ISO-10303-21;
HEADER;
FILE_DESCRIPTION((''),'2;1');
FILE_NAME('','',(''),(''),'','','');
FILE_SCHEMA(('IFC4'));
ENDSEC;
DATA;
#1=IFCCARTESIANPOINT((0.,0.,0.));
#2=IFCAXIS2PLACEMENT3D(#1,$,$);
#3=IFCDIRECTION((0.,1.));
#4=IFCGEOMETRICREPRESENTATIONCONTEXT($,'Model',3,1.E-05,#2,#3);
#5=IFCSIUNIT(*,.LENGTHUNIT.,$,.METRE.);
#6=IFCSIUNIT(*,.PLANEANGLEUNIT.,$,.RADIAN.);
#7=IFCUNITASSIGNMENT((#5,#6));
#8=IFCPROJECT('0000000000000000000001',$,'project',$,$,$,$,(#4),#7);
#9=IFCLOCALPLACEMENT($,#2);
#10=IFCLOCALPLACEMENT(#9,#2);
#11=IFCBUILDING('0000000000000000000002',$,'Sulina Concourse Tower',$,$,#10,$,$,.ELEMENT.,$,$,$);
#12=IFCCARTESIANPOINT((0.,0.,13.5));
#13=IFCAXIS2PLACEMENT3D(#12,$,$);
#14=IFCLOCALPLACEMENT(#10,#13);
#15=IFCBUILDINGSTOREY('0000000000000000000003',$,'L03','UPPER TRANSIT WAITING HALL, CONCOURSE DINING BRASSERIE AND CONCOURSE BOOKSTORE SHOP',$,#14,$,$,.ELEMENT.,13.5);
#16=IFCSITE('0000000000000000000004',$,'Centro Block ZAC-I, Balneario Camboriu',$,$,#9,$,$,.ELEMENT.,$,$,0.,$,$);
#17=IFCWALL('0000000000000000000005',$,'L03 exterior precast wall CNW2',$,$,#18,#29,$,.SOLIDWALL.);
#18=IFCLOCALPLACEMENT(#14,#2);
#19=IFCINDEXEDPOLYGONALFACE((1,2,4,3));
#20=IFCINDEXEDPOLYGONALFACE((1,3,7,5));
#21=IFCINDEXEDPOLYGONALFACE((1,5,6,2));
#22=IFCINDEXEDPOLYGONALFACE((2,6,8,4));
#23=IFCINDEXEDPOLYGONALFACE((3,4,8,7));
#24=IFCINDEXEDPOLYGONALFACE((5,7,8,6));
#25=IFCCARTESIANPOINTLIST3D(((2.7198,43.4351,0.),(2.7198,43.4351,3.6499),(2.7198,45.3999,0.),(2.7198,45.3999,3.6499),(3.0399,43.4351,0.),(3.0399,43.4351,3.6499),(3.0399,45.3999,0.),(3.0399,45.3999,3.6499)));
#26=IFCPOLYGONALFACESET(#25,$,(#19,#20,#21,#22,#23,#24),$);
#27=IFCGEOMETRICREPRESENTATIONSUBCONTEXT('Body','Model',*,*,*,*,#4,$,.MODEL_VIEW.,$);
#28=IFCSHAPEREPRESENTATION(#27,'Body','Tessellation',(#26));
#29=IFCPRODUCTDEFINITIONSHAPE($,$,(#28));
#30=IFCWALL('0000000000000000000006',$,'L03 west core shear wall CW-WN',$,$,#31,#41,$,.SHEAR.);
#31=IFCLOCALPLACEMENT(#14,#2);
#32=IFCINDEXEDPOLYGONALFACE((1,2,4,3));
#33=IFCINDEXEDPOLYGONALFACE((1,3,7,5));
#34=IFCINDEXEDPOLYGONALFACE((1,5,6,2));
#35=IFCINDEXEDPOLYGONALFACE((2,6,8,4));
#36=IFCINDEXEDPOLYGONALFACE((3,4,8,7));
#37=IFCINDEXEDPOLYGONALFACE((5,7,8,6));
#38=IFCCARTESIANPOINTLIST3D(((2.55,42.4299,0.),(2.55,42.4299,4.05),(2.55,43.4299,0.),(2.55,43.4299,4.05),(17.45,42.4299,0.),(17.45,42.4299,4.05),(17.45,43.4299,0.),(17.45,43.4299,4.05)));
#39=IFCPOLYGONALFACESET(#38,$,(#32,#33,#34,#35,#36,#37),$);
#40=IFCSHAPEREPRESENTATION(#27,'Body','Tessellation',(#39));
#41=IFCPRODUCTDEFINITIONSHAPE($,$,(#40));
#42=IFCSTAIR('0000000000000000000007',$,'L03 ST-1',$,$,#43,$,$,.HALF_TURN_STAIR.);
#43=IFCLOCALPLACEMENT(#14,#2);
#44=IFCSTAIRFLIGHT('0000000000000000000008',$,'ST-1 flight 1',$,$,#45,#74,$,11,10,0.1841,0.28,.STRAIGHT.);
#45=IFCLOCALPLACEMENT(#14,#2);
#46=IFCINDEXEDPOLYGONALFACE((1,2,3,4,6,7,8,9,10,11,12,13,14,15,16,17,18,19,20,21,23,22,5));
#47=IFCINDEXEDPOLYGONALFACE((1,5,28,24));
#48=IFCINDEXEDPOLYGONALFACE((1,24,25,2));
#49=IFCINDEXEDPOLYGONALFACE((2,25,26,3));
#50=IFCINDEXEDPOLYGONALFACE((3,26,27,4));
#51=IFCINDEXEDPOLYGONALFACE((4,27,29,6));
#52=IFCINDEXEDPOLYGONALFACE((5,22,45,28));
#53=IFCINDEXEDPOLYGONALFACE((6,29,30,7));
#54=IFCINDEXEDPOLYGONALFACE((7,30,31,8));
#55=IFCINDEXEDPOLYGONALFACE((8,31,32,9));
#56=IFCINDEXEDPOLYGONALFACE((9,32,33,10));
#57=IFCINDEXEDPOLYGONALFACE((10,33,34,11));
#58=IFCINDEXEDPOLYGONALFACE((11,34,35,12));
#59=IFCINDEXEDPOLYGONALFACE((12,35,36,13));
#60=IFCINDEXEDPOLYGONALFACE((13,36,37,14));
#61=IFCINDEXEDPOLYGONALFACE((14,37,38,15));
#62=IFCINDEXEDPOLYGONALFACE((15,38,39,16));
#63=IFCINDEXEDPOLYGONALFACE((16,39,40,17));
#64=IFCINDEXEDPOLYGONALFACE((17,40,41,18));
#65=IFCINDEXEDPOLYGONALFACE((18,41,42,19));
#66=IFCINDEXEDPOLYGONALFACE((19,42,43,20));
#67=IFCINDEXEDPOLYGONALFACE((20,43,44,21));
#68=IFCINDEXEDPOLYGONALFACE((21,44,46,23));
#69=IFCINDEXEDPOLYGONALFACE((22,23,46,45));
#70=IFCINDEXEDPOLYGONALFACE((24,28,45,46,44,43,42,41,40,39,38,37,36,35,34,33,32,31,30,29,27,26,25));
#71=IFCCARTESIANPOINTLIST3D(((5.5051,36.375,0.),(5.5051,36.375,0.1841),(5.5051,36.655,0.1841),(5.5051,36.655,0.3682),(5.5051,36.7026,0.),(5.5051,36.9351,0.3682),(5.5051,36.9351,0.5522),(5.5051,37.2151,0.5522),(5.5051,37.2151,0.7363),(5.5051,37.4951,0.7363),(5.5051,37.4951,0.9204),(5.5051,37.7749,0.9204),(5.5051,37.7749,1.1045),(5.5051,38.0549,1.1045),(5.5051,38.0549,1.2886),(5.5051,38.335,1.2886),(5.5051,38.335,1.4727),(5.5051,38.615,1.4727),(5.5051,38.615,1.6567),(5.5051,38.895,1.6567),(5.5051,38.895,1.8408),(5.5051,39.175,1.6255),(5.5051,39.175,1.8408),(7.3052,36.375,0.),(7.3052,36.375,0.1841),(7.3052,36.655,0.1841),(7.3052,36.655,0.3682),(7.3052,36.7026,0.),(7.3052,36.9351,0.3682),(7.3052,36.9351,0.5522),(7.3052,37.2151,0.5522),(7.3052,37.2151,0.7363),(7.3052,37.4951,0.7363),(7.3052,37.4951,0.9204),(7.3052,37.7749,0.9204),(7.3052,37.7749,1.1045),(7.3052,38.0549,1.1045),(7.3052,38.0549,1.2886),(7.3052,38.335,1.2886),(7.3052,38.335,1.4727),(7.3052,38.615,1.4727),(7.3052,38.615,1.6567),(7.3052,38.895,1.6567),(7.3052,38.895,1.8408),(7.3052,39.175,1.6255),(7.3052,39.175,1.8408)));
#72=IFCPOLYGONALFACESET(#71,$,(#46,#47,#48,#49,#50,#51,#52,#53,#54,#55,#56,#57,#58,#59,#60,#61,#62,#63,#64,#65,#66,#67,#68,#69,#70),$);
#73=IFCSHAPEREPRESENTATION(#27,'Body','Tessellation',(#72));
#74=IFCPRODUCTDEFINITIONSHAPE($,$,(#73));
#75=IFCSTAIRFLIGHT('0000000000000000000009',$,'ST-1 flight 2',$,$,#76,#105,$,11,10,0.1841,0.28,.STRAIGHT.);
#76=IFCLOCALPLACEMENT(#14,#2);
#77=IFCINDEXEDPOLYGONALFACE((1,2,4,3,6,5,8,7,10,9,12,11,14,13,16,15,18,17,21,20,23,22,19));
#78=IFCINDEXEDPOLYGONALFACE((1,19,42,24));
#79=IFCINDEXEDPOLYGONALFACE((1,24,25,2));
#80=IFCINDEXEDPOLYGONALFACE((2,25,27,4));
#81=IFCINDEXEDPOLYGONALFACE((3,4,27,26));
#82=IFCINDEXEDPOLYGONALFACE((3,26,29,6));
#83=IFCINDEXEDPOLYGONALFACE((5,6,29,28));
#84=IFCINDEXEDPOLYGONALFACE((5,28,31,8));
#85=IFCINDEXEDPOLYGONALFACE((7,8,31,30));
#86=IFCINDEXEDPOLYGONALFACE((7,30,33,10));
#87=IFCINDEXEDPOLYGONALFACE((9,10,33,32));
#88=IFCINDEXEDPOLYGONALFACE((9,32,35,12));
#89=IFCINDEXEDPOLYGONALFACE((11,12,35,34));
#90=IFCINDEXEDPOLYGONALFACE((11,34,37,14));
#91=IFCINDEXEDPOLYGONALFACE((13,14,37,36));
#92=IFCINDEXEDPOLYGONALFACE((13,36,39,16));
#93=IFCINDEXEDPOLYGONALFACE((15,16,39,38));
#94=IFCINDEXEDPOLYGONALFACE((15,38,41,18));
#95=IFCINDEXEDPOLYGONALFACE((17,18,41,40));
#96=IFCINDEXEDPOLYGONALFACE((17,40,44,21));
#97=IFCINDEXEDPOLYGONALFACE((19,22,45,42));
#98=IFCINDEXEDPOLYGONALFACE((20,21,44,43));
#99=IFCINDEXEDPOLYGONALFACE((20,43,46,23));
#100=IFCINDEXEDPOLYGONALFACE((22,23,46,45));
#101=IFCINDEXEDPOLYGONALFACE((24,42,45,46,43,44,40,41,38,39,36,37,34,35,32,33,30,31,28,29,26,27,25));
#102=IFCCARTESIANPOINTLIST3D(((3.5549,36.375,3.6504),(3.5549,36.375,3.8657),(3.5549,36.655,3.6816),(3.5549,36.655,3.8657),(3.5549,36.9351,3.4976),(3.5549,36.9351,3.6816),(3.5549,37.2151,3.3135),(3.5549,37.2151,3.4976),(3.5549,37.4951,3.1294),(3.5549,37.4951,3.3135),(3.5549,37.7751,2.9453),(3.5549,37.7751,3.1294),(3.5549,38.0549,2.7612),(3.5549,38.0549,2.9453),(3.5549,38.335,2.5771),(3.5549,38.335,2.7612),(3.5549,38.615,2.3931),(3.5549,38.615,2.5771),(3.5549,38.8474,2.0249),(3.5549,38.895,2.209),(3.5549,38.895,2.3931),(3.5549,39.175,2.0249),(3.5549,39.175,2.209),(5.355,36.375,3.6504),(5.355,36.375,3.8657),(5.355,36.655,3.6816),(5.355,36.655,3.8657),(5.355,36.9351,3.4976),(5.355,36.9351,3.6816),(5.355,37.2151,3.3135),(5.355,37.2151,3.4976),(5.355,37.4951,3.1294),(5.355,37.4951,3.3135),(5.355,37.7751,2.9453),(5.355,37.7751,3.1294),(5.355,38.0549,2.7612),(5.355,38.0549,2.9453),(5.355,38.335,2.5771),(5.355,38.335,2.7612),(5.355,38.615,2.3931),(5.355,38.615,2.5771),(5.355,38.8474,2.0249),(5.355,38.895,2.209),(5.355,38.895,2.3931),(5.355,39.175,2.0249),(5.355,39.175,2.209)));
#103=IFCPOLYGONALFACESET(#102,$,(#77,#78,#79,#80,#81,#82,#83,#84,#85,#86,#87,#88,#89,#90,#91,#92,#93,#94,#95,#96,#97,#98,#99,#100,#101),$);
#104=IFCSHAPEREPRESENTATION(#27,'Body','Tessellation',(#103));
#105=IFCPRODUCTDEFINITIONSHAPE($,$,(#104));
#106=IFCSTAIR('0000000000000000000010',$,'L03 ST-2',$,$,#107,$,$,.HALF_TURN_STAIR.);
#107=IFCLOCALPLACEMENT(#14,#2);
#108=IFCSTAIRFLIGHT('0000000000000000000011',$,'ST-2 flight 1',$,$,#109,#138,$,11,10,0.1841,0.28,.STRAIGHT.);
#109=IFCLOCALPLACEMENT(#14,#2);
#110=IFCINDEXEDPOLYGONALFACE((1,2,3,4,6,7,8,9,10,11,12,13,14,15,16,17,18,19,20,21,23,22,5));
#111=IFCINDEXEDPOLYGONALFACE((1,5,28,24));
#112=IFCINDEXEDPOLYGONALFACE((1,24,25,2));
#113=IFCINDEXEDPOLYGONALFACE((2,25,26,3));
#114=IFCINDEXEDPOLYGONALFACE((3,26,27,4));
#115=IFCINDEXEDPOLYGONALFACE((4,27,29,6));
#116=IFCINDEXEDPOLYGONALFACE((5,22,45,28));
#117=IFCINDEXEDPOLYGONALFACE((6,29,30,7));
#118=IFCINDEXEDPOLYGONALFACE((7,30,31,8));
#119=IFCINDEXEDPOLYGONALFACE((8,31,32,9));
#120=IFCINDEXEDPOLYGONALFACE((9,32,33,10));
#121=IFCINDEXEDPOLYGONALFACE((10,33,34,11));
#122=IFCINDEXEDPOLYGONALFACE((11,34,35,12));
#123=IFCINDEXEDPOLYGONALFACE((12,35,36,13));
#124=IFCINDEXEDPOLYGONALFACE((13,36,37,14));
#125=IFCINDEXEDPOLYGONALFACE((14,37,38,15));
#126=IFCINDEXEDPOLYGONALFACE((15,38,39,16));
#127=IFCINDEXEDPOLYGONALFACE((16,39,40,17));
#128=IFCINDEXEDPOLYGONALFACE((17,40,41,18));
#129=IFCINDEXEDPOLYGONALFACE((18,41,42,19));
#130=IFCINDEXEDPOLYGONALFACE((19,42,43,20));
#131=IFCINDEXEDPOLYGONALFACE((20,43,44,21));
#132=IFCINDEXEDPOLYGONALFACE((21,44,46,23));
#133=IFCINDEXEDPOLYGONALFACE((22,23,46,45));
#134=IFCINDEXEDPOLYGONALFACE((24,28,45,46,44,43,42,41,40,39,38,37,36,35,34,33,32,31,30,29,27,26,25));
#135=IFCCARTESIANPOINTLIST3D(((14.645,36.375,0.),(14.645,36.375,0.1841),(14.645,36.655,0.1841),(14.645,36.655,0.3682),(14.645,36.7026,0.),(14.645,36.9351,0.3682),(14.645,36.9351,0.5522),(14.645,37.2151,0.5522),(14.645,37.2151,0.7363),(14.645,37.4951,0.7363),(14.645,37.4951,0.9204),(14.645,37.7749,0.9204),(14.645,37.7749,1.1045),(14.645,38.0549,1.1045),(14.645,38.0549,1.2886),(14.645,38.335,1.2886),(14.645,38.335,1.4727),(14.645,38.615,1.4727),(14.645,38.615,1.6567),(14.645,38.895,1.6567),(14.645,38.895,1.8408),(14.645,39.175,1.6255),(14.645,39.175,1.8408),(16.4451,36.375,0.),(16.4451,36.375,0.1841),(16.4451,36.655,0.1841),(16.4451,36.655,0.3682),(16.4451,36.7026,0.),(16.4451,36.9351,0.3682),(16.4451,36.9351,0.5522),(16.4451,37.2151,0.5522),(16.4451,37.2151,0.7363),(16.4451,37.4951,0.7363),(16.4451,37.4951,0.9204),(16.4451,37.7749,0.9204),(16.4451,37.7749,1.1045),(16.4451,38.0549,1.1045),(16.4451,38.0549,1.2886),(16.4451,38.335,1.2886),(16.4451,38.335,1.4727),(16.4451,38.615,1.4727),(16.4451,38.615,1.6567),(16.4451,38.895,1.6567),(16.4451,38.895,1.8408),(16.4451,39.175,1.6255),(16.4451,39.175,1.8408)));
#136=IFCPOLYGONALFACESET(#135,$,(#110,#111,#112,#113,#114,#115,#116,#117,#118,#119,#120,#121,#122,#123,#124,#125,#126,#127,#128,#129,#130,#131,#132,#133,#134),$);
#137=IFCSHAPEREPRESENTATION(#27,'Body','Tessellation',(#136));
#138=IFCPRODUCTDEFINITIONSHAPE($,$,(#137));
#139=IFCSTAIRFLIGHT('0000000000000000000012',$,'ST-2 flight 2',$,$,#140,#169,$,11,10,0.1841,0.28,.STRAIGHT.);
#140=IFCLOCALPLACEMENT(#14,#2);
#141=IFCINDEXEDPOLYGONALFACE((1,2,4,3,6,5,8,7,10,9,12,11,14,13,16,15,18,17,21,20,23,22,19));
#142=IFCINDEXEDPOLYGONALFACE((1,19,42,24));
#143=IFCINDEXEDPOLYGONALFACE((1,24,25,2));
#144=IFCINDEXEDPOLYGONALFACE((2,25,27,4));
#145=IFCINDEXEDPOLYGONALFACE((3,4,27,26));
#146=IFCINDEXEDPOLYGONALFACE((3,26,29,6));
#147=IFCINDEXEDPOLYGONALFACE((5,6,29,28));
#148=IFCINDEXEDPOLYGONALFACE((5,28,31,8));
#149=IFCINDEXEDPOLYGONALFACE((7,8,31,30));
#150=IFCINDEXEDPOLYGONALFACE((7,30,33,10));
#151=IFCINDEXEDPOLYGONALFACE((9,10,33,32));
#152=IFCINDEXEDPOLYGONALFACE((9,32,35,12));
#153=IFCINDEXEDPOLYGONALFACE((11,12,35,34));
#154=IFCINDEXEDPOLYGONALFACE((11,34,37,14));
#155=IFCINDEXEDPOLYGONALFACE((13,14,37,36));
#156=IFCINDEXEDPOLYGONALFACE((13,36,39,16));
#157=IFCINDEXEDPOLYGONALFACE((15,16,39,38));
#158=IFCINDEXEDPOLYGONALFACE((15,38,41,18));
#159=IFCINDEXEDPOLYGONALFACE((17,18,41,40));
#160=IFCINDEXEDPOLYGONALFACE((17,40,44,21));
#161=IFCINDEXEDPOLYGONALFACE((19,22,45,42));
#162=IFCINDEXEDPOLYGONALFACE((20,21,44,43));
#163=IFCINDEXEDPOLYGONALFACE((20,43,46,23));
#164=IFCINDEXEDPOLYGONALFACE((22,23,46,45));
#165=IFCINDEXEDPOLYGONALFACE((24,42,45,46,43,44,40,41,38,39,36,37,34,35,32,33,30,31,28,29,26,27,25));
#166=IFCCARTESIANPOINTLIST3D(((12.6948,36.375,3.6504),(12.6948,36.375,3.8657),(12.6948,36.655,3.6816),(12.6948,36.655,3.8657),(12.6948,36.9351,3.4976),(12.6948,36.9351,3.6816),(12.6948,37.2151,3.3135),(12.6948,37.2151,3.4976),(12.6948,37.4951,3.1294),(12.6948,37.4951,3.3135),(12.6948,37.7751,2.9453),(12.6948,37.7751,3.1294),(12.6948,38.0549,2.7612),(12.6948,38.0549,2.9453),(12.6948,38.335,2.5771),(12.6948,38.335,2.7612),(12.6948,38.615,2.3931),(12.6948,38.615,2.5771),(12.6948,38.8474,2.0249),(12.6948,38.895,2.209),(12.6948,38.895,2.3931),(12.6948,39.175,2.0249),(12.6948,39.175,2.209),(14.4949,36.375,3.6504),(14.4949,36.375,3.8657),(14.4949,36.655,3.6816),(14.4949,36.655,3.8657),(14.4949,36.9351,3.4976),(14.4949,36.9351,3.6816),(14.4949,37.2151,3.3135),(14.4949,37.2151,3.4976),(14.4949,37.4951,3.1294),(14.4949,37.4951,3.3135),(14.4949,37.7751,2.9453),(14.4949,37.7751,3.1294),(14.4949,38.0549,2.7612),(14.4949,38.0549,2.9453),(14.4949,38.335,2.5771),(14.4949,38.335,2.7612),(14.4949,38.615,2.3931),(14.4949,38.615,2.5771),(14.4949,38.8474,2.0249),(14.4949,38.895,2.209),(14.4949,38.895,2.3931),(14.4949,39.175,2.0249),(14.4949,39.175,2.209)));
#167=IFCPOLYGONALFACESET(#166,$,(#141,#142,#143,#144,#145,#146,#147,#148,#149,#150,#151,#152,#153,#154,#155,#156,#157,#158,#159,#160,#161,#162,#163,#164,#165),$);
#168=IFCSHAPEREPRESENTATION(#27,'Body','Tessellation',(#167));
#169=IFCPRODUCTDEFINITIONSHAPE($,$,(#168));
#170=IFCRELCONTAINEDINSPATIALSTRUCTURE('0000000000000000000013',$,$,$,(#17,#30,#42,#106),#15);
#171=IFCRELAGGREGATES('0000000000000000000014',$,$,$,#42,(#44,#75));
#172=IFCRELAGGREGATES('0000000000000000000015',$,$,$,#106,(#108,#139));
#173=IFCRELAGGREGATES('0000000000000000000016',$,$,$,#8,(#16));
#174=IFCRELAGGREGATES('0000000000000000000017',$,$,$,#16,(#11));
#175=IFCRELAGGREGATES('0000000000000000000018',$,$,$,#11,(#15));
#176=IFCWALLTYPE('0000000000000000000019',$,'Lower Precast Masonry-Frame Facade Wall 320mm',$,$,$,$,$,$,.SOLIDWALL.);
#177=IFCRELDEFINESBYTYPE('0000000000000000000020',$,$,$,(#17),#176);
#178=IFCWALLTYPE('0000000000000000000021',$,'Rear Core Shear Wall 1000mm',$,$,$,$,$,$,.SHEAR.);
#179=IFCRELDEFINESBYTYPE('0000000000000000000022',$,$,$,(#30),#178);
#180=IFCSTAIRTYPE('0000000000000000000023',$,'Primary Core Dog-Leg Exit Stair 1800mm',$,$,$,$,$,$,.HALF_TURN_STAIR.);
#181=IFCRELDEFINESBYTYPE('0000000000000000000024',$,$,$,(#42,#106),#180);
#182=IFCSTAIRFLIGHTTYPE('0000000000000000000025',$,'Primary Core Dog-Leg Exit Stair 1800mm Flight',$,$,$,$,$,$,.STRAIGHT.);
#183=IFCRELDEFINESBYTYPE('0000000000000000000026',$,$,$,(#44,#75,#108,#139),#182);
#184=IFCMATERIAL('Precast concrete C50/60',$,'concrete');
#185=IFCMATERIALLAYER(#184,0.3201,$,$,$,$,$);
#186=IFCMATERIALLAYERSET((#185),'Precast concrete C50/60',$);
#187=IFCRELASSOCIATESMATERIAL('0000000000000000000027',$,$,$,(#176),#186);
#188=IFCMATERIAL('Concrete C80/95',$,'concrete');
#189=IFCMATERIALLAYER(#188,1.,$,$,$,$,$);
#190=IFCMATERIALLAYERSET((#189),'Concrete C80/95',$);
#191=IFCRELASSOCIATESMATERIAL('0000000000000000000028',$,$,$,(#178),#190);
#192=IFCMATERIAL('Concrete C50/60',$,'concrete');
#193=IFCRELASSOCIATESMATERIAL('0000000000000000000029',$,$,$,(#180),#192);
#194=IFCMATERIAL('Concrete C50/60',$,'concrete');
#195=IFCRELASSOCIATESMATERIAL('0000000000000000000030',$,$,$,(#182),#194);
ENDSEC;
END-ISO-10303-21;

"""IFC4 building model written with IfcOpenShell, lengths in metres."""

from ifc_helpers import new_model, si_unit, direction, frame, frame_2d, origin, place, context, subcontext, project, spatial, polyline, rectangle, outline, extrude, material, layer, layer_set, type_object, element, aggregate, save


model = new_model("IFC4")

# Units and contexts
model_context = context("Model", 3, precision=1e-05, world=origin(), true_north=direction((0.0, 1.0)))
body_context = subcontext(model_context, "Body", "Model", "MODEL_VIEW")
ifc_project = project(units=[si_unit("LENGTHUNIT", "METRE"), si_unit("PLANEANGLEUNIT", "RADIAN")], contexts=[model_context])

# Site, building, storey
site_placement = place(None, origin())
site = spatial("IfcSite", under=ifc_project, at=site_placement, Name="Centro Block ZAC-I, Balneario Camboriu", CompositionType="ELEMENT", RefElevation=0.0)
building_placement = place(site_placement, origin())
building = spatial("IfcBuilding", under=site, at=building_placement, Name="Sulina Concourse Tower", CompositionType="ELEMENT")
storey_placement = place(building_placement, frame((0.0, 0.0, 13.5)))
storey = spatial("IfcBuildingStorey", under=building, at=storey_placement, Name="L03", Description="UPPER TRANSIT WAITING HALL, CONCOURSE DINING BRASSERIE AND CONCOURSE BOOKSTORE SHOP", CompositionType="ELEMENT", Elevation=13.5)

# Walls
ifc_material_1 = material(Name="Precast concrete C50/60", Category="concrete")
ifc_layer_1 = layer(ifc_material_1, 0.3201)
ifc_layer_set_1 = layer_set([ifc_layer_1], Name="Precast concrete C50/60")
wall_type_1 = type_object("IfcWallType", Name="Lower Precast Masonry-Frame Facade Wall 320mm", PredefinedType="SOLIDWALL", material=ifc_layer_set_1)
wall_1_placement = place(storey_placement, frame((2.8799, 43.4351, 0.0), z_axis=(0.0, 0.0, 1.0), x_axis=(0.0, 1.0, 0.0)))
element("IfcWall", 1, at=wall_1_placement, inside=storey, type_object=wall_type_1, Name="L03 exterior precast wall CNW2", PredefinedType="SOLIDWALL", context=body_context, shape_type="SweptSolid", body=[
    extrude(rectangle(XDim=1.9648, YDim=0.3201, at=frame_2d((0.9824, 0.0))), origin(), (0.0, 0.0, 1.0), 3.6499),
])
ifc_material_2 = material(Name="Concrete C80/95", Category="concrete")
ifc_layer_2 = layer(ifc_material_2, 1.0)
ifc_layer_set_2 = layer_set([ifc_layer_2], Name="Concrete C80/95")
wall_type_2 = type_object("IfcWallType", Name="Rear Core Shear Wall 1000mm", PredefinedType="SHEAR", material=ifc_layer_set_2)
wall_2_placement = place(storey_placement, frame((2.55, 42.9299, 0.0), z_axis=(0.0, 0.0, 1.0), x_axis=(1.0, 0.0, 0.0)))
element("IfcWall", 2, at=wall_2_placement, inside=storey, type_object=wall_type_2, Name="L03 west core shear wall CW-WN", PredefinedType="SHEAR", context=body_context, shape_type="SweptSolid", body=[
    extrude(rectangle(XDim=14.8999, YDim=1.0, at=frame_2d((7.45, 0.0))), origin(), (0.0, 0.0, 1.0), 4.05),
])

# Stairs, stair flights
ifc_material_3 = material(Name="Concrete C50/60", Category="concrete")
stair_type = type_object("IfcStairType", Name="Primary Core Dog-Leg Exit Stair 1800mm", PredefinedType="HALF_TURN_STAIR", material=ifc_material_3)
stair_1_placement = place(storey_placement, origin())
stair_1 = element("IfcStair", 3, at=stair_1_placement, inside=storey, type_object=stair_type, Name="L03 ST-1", PredefinedType="HALF_TURN_STAIR")
ifc_material_4 = material(Name="Concrete C50/60", Category="concrete")
stair_flight_type = type_object("IfcStairFlightType", Name="Primary Core Dog-Leg Exit Stair 1800mm Flight", PredefinedType="STRAIGHT", material=ifc_material_4)
stair_flight_1_placement = place(storey_placement, frame((6.405, 36.375, 0.0), z_axis=(0.0, 0.0, 1.0), x_axis=(0.0, 1.0, 0.0)))
stair_flight_1 = element("IfcStairFlight", 4, at=stair_flight_1_placement, type_object=stair_flight_type, Name="ST-1 flight 1", NumberOfRisers=11, NumberOfTreads=10, PredefinedType="STRAIGHT", RiserHeight=0.1841, TreadLength=0.28, context=body_context, shape_type="SweptSolid", body=[
    extrude(outline(polyline([(0.0, 0.0), (0.0, 0.1841), (0.28, 0.1841), (0.28, 0.3682), (0.5601, 0.3682), (0.5601, 0.5522), (0.8401, 0.5522), (0.8401, 0.7363), (1.1201, 0.7363), (1.1201, 0.9204), (1.3999, 0.9204), (1.3999, 1.1045), (1.6799, 1.1045), (1.6799, 1.2886), (1.96, 1.2886), (1.96, 1.4727), (2.24, 1.4727), (2.24, 1.6567), (2.52, 1.6567), (2.52, 1.8408), (2.8, 1.8408), (2.8, 2.0249), (2.8, 1.6255), (0.3276, 0.0), (0.0, 0.0)])), frame((0.0, 0.8999, 0.0), z_axis=(0.0, -1.0, 0.0), x_axis=(1.0, 0.0, 0.0)), (0.0, 0.0, 1.0), 1.8),
])
stair_flight_2_placement = place(storey_placement, frame((4.4551, 39.175, 2.0249), z_axis=(0.0, 0.0, 1.0), x_axis=(0.0, -1.0, 0.0)))
stair_flight_2 = element("IfcStairFlight", 5, at=stair_flight_2_placement, type_object=stair_flight_type, Name="ST-1 flight 2", NumberOfRisers=11, NumberOfTreads=10, PredefinedType="STRAIGHT", RiserHeight=0.1841, TreadLength=0.28, context=body_context, shape_type="SweptSolid", body=[
    extrude(outline(polyline([(0.0, 0.0), (0.0, 0.1841), (0.28, 0.1841), (0.28, 0.3682), (0.5601, 0.3682), (0.5601, 0.5522), (0.8401, 0.5522), (0.8401, 0.7363), (1.1201, 0.7363), (1.1201, 0.9204), (1.3999, 0.9204), (1.3999, 1.1045), (1.6799, 1.1045), (1.6799, 1.2886), (1.96, 1.2886), (1.96, 1.4727), (2.24, 1.4727), (2.24, 1.6567), (2.52, 1.6567), (2.52, 1.8408), (2.8, 1.8408), (2.8, 2.0249), (2.8, 1.6255), (0.3276, 0.0), (0.0, 0.0)])), frame((0.0, 0.8999, 0.0), z_axis=(0.0, -1.0, 0.0), x_axis=(1.0, 0.0, 0.0)), (0.0, 0.0, 1.0), 1.8),
])
aggregate(stair_1, [stair_flight_1, stair_flight_2])
stair_2_placement = place(storey_placement, origin())
stair_2 = element("IfcStair", 6, at=stair_2_placement, inside=storey, type_object=stair_type, Name="L03 ST-2", PredefinedType="HALF_TURN_STAIR")
stair_flight_3_placement = place(storey_placement, frame((15.5449, 36.375, 0.0), z_axis=(0.0, 0.0, 1.0), x_axis=(0.0, 1.0, 0.0)))
stair_flight_3 = element("IfcStairFlight", 7, at=stair_flight_3_placement, type_object=stair_flight_type, Name="ST-2 flight 1", NumberOfRisers=11, NumberOfTreads=10, PredefinedType="STRAIGHT", RiserHeight=0.1841, TreadLength=0.28, context=body_context, shape_type="SweptSolid", body=[
    extrude(outline(polyline([(0.0, 0.0), (0.0, 0.1841), (0.28, 0.1841), (0.28, 0.3682), (0.5601, 0.3682), (0.5601, 0.5522), (0.8401, 0.5522), (0.8401, 0.7363), (1.1201, 0.7363), (1.1201, 0.9204), (1.3999, 0.9204), (1.3999, 1.1045), (1.6799, 1.1045), (1.6799, 1.2886), (1.96, 1.2886), (1.96, 1.4727), (2.24, 1.4727), (2.24, 1.6567), (2.52, 1.6567), (2.52, 1.8408), (2.8, 1.8408), (2.8, 2.0249), (2.8, 1.6255), (0.3276, 0.0), (0.0, 0.0)])), frame((0.0, 0.8999, 0.0), z_axis=(0.0, -1.0, 0.0), x_axis=(1.0, 0.0, 0.0)), (0.0, 0.0, 1.0), 1.8),
])
stair_flight_4_placement = place(storey_placement, frame((13.595, 39.175, 2.0249), z_axis=(0.0, 0.0, 1.0), x_axis=(0.0, -1.0, 0.0)))
stair_flight_4 = element("IfcStairFlight", 8, at=stair_flight_4_placement, type_object=stair_flight_type, Name="ST-2 flight 2", NumberOfRisers=11, NumberOfTreads=10, PredefinedType="STRAIGHT", RiserHeight=0.1841, TreadLength=0.28, context=body_context, shape_type="SweptSolid", body=[
    extrude(outline(polyline([(0.0, 0.0), (0.0, 0.1841), (0.28, 0.1841), (0.28, 0.3682), (0.5601, 0.3682), (0.5601, 0.5522), (0.8401, 0.5522), (0.8401, 0.7363), (1.1201, 0.7363), (1.1201, 0.9204), (1.3999, 0.9204), (1.3999, 1.1045), (1.6799, 1.1045), (1.6799, 1.2886), (1.96, 1.2886), (1.96, 1.4727), (2.24, 1.4727), (2.24, 1.6567), (2.52, 1.6567), (2.52, 1.8408), (2.8, 1.8408), (2.8, 2.0249), (2.8, 1.6255), (0.3276, 0.0), (0.0, 0.0)])), frame((0.0, 0.8999, 0.0), z_axis=(0.0, -1.0, 0.0), x_axis=(1.0, 0.0, 0.0)), (0.0, 0.0, 1.0), 1.8),
])
aggregate(stair_2, [stair_flight_3, stair_flight_4])

save(model, "model.ifc")
